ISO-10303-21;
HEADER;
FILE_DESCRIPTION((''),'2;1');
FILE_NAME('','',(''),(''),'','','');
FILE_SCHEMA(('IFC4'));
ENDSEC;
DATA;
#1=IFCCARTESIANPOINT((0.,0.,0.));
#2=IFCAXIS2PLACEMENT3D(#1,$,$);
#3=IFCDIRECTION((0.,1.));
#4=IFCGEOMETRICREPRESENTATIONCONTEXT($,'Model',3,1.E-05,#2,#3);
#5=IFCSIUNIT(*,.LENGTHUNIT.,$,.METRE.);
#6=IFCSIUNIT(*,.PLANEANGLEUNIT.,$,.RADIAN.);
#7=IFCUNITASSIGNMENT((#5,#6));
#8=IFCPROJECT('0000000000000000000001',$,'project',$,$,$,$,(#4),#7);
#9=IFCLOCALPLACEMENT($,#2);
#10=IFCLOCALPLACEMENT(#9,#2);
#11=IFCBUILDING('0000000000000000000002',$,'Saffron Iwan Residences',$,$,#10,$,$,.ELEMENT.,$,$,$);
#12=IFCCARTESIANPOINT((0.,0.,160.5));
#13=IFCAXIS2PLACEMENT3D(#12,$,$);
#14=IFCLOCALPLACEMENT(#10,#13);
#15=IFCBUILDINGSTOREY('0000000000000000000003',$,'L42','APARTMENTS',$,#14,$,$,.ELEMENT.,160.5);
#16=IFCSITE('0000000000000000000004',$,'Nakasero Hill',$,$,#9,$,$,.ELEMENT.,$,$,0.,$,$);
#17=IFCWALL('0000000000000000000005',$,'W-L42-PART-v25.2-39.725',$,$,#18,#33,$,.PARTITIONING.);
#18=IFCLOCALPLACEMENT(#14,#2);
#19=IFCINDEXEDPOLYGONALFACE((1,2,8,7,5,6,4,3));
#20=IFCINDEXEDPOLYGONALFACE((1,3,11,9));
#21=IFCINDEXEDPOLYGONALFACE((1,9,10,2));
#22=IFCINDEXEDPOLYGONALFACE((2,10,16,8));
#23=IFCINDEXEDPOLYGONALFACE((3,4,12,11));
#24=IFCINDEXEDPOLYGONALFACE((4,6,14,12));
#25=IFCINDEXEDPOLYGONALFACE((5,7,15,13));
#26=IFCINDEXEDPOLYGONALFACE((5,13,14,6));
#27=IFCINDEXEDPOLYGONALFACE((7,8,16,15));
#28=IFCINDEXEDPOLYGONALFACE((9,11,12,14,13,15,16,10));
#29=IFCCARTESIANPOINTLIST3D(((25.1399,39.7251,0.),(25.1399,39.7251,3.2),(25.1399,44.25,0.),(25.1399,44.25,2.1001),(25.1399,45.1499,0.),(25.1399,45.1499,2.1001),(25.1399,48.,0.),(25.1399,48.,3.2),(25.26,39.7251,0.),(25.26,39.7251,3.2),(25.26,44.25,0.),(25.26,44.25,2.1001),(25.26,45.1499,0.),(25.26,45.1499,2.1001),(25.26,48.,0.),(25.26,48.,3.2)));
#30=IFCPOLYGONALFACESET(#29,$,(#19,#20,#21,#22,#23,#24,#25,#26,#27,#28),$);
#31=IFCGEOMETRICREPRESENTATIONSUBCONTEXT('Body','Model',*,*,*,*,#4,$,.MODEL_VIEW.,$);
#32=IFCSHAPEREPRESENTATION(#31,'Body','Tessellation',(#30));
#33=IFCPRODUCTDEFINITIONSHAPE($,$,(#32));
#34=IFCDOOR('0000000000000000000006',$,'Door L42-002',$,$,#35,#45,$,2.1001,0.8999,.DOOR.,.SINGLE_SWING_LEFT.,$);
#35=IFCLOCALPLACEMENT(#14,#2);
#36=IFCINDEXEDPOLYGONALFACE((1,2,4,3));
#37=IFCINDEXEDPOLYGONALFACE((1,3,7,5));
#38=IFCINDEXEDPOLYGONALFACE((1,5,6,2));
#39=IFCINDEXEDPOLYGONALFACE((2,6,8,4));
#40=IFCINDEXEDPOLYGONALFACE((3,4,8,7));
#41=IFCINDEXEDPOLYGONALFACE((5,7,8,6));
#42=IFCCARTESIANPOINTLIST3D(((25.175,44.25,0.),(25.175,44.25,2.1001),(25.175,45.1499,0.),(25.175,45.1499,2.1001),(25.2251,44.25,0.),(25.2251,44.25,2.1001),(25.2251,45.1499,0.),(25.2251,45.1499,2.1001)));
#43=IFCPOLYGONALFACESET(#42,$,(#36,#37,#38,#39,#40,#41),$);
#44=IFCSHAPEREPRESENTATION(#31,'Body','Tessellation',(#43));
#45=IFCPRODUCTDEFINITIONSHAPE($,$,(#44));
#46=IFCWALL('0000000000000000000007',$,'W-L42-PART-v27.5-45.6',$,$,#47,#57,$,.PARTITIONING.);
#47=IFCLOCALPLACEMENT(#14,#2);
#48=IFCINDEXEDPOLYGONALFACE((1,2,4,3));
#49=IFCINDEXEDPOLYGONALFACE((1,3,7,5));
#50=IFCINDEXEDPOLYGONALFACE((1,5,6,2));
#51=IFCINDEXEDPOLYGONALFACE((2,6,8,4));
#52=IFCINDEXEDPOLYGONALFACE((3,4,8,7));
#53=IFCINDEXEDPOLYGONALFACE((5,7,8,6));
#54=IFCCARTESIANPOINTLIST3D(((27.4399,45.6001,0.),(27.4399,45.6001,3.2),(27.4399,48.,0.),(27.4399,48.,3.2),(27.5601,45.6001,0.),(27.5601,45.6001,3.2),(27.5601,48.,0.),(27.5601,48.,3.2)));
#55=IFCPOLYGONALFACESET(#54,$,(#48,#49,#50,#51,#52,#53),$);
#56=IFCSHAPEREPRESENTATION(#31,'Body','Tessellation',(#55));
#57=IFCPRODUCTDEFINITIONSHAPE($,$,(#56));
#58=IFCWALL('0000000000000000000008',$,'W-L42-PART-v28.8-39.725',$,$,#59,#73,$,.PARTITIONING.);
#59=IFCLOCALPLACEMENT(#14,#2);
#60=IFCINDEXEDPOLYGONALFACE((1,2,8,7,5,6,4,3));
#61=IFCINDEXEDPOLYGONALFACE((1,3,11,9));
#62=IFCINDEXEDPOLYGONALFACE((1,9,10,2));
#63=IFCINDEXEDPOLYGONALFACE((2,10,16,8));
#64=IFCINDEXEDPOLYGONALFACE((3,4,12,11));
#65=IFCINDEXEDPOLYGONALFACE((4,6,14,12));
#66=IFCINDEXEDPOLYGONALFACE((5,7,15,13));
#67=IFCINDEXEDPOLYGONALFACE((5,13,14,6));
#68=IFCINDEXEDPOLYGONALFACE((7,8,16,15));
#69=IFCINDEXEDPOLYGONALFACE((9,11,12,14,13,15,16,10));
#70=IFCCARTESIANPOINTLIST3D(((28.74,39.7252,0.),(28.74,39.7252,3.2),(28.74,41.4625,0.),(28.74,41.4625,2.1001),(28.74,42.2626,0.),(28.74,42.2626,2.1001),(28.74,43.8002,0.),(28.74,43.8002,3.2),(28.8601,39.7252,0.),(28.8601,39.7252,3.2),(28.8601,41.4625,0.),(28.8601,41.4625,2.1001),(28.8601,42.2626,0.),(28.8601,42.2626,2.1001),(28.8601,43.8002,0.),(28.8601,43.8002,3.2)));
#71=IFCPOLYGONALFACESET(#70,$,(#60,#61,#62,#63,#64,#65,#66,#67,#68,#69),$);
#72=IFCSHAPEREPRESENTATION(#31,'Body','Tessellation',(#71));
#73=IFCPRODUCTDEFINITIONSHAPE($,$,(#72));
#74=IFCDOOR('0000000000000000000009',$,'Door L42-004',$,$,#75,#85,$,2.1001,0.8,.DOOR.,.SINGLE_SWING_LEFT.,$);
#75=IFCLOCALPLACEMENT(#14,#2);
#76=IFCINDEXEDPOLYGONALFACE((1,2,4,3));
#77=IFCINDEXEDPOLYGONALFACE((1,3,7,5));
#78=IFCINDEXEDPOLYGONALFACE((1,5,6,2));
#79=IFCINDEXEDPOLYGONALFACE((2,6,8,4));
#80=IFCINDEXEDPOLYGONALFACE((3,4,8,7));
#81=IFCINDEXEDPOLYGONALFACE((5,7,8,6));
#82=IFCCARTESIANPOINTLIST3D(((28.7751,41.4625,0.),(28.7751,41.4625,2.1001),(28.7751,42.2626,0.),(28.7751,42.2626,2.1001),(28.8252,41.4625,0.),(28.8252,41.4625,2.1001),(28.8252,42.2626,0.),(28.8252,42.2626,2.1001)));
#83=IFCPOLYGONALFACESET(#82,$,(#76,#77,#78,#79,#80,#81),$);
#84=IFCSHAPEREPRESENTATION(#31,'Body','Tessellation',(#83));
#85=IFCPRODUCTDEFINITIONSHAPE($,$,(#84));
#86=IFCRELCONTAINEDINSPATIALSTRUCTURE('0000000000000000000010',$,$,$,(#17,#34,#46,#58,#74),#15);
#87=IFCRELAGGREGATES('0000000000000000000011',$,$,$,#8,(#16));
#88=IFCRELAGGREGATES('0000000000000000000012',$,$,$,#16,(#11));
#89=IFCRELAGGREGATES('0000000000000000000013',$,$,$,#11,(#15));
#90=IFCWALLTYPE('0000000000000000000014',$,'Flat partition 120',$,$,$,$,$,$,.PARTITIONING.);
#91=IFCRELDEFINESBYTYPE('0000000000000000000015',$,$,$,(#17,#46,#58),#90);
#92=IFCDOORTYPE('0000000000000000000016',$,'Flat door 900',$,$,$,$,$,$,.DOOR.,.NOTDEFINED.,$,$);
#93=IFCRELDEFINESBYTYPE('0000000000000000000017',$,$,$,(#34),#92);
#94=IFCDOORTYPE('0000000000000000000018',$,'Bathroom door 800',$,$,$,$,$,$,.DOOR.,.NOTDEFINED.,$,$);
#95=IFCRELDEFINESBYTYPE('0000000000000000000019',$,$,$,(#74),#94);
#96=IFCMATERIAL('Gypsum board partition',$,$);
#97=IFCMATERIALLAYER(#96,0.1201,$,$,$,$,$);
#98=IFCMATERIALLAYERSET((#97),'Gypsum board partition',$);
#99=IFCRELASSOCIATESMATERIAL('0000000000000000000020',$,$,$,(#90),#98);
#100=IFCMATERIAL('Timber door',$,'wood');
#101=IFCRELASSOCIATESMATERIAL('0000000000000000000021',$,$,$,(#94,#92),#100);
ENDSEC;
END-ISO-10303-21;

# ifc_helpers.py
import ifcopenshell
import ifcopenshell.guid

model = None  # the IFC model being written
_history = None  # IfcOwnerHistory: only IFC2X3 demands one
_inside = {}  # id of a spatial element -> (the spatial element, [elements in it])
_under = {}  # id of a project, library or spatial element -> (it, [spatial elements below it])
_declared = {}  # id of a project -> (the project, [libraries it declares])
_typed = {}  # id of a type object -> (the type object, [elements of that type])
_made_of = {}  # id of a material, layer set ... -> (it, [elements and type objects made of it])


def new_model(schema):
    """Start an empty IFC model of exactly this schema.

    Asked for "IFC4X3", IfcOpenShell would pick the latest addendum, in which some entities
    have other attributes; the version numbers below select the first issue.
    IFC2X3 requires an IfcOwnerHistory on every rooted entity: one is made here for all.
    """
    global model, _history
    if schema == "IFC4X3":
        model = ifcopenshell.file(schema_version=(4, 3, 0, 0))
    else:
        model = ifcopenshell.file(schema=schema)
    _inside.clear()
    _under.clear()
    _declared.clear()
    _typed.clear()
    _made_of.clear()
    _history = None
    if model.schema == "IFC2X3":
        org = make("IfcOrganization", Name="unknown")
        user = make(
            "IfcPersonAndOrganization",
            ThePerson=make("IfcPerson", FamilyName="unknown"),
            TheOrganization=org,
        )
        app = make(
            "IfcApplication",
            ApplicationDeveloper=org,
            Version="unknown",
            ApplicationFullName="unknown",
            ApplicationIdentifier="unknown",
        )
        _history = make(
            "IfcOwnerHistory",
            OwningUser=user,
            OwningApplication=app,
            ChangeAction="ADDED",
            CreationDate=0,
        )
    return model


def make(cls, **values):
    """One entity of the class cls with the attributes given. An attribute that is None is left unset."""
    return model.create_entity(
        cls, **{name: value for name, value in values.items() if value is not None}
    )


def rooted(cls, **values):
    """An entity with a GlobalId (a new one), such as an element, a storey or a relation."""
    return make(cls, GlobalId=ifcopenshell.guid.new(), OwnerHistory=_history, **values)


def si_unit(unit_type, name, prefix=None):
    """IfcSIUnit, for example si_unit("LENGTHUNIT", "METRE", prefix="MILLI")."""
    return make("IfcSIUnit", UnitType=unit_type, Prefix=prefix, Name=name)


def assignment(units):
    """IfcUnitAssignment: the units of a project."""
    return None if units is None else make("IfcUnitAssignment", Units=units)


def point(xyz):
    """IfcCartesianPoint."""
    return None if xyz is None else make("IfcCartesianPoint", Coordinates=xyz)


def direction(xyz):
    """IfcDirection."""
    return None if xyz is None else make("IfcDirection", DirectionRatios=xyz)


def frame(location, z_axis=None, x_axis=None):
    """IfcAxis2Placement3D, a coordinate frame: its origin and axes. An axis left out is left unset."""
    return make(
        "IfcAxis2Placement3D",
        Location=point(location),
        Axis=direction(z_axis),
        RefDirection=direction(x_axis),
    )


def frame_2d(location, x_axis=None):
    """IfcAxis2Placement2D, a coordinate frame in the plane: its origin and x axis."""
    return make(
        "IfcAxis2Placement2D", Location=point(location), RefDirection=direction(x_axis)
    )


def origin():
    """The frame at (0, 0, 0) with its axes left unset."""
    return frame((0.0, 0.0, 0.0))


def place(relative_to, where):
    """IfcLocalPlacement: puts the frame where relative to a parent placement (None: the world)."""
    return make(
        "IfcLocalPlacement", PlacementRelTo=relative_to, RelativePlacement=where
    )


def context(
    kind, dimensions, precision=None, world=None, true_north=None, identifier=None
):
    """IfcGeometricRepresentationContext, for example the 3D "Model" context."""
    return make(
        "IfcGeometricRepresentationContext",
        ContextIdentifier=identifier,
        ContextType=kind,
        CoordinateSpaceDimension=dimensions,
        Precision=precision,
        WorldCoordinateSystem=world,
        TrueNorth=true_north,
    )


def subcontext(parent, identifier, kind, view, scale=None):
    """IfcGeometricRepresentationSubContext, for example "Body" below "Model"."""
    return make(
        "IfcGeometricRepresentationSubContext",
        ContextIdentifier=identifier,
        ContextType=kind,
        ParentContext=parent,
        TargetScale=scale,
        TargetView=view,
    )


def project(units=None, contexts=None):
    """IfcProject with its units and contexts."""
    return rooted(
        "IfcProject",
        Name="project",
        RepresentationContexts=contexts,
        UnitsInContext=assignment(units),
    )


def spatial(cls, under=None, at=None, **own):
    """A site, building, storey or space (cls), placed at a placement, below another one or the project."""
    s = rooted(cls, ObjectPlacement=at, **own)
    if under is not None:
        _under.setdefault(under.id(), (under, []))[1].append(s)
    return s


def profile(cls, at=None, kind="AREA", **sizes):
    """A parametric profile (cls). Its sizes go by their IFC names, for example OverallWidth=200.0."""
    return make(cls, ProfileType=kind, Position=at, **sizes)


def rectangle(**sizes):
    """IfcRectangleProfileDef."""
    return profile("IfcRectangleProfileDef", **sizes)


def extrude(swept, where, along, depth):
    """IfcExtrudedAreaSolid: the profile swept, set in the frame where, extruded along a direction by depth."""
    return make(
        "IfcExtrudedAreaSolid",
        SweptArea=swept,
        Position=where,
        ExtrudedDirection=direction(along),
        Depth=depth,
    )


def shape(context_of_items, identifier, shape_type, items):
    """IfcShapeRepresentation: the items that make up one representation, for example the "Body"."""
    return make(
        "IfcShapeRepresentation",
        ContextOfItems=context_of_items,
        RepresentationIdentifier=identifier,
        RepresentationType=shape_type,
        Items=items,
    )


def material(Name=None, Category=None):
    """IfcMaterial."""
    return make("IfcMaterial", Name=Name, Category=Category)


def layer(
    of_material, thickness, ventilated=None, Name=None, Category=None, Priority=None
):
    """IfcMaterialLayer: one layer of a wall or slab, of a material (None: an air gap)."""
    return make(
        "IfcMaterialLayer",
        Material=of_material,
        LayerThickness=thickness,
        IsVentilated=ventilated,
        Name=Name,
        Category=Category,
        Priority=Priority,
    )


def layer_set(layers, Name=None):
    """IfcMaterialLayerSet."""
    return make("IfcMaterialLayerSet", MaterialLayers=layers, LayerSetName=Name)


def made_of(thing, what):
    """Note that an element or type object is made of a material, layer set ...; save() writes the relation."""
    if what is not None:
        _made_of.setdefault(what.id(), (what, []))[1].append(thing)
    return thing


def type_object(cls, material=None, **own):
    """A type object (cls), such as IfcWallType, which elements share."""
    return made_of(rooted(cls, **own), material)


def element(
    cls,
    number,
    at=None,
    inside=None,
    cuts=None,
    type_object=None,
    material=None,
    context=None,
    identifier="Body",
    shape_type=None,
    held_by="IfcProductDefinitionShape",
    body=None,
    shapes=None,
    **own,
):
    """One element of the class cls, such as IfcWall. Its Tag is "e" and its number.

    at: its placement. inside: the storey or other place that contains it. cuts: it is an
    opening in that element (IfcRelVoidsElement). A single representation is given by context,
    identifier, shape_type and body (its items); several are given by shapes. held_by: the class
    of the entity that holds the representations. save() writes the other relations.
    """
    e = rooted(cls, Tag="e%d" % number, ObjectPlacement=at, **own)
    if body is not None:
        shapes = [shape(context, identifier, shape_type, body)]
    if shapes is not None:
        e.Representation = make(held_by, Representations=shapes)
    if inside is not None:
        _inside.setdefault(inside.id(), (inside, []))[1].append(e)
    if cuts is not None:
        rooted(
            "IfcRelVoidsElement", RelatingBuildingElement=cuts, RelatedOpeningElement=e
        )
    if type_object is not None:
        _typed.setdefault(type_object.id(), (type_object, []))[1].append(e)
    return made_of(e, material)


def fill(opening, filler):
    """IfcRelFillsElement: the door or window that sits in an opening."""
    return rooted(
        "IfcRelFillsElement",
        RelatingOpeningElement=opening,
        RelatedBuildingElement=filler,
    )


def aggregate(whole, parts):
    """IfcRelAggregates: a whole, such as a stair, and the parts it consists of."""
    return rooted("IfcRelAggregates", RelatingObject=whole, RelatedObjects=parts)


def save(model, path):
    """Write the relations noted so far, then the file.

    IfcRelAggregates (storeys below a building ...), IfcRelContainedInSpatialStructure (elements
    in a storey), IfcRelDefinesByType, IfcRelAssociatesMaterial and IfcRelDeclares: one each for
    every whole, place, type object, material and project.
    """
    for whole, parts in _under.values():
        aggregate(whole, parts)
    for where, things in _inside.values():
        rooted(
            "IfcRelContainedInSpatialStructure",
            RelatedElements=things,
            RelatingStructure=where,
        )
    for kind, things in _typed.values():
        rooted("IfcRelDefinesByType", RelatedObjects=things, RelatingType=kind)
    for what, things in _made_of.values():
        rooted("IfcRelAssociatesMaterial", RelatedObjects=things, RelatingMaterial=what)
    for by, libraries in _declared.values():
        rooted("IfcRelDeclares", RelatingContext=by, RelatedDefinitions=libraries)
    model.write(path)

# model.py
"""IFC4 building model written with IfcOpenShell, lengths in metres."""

from ifc_helpers import new_model, si_unit, direction, frame, frame_2d, origin, place, context, subcontext, project, spatial, rectangle, extrude, material, layer, layer_set, type_object, element, fill, save


model = new_model("IFC4")

# Units and contexts
model_context = context("Model", 3, precision=1e-05, world=origin(), true_north=direction((0.0, 1.0)))
body_context = subcontext(model_context, "Body", "Model", "MODEL_VIEW")
ifc_project = project(units=[si_unit("LENGTHUNIT", "METRE"), si_unit("PLANEANGLEUNIT", "RADIAN")], contexts=[model_context])

# Site, building, storey
site_placement = place(None, origin())
site = spatial("IfcSite", under=ifc_project, at=site_placement, Name="Nakasero Hill", CompositionType="ELEMENT", RefElevation=0.0)
building_placement = place(site_placement, origin())
building = spatial("IfcBuilding", under=site, at=building_placement, Name="Saffron Iwan Residences", CompositionType="ELEMENT")
storey_placement = place(building_placement, frame((0.0, 0.0, 160.5)))
storey = spatial("IfcBuildingStorey", under=building, at=storey_placement, Name="L42", Description="APARTMENTS", CompositionType="ELEMENT", Elevation=160.5)

# Shared definitions
ifc_material_1 = material(Name="Gypsum board partition")
ifc_layer_1 = layer(ifc_material_1, 0.1201)
ifc_layer_set_1 = layer_set([ifc_layer_1], Name="Gypsum board partition")
wall_type_1 = type_object("IfcWallType", Name="Flat partition 120", PredefinedType="PARTITIONING", material=ifc_layer_set_1)

# Shared definitions
ifc_material_2 = material(Name="Timber door", Category="wood")
door_type_1 = type_object("IfcDoorType", Name="Bathroom door 800", OperationType="NOTDEFINED", PredefinedType="DOOR", material=ifc_material_2)
door_type_2 = type_object("IfcDoorType", Name="Flat door 900", OperationType="NOTDEFINED", PredefinedType="DOOR", material=ifc_material_2)

# Wall, opening, door
wall_1_placement = place(storey_placement, frame((25.2, 39.7251, 0.0), z_axis=(0.0, 0.0, 1.0), x_axis=(0.0, 1.0, 0.0)))
wall_1 = element("IfcWall", 1, at=wall_1_placement, inside=storey, type_object=wall_type_1, Name="W-L42-PART-v25.2-39.725", PredefinedType="PARTITIONING", context=body_context, shape_type="SweptSolid", body=[
    extrude(rectangle(XDim=8.2749, YDim=0.1201, at=frame_2d((4.1375, 0.0))), origin(), (0.0, 0.0, 1.0), 3.2),
])
opening_1_placement = place(wall_1_placement, frame((4.5249, 0.0, 0.0)))
opening_1 = element("IfcOpeningElement", 2, at=opening_1_placement, cuts=wall_1, PredefinedType="OPENING", context=body_context, shape_type="SweptSolid", body=[
    extrude(rectangle(XDim=0.8999, YDim=2.1001, at=frame_2d((0.45, 1.05))), frame((0.0, 0.0701, 0.0), z_axis=(0.0, -1.0, 0.0), x_axis=(1.0, 0.0, 0.0)), (0.0, 0.0, 1.0), 0.1401),
])
door_1_placement = place(opening_1_placement, origin())
door_1 = element("IfcDoor", 3, at=door_1_placement, inside=storey, type_object=door_type_2, Name="Door L42-002", OperationType="SINGLE_SWING_LEFT", OverallHeight=2.1001, OverallWidth=0.8999, PredefinedType="DOOR", context=body_context, shape_type="SweptSolid", body=[
    extrude(rectangle(XDim=0.8999, YDim=2.1001, at=frame_2d((0.45, 1.05))), frame((0.0, 0.0249, 0.0), z_axis=(0.0, -1.0, 0.0), x_axis=(1.0, 0.0, 0.0)), (0.0, 0.0, 1.0), 0.05),
])
fill(opening_1, door_1)

# Wall
wall_2_placement = place(storey_placement, frame((27.5, 45.6001, 0.0), z_axis=(0.0, 0.0, 1.0), x_axis=(0.0, 1.0, 0.0)))
element("IfcWall", 4, at=wall_2_placement, inside=storey, type_object=wall_type_1, Name="W-L42-PART-v27.5-45.6", PredefinedType="PARTITIONING", context=body_context, shape_type="SweptSolid", body=[
    extrude(rectangle(XDim=2.3999, YDim=0.1201, at=frame_2d((1.2, 0.0))), origin(), (0.0, 0.0, 1.0), 3.2),
])

# Wall, opening, door
wall_3_placement = place(storey_placement, frame((28.8, 39.7251, 0.0), z_axis=(0.0, 0.0, 1.0), x_axis=(0.0, 1.0, 0.0)))
wall_3 = element("IfcWall", 5, at=wall_3_placement, inside=storey, type_object=wall_type_1, Name="W-L42-PART-v28.8-39.725", PredefinedType="PARTITIONING", context=body_context, shape_type="SweptSolid", body=[
    extrude(rectangle(XDim=4.075, YDim=0.1201, at=frame_2d((2.0376, 0.0))), origin(), (0.0, 0.0, 1.0), 3.2),
])
opening_2_placement = place(wall_3_placement, frame((1.7375, 0.0, 0.0)))
opening_2 = element("IfcOpeningElement", 6, at=opening_2_placement, cuts=wall_3, PredefinedType="OPENING", context=body_context, shape_type="SweptSolid", body=[
    extrude(rectangle(XDim=0.8, YDim=2.1001, at=frame_2d((0.3999, 1.05))), frame((0.0, 0.0701, 0.0), z_axis=(0.0, -1.0, 0.0), x_axis=(1.0, 0.0, 0.0)), (0.0, 0.0, 1.0), 0.1401),
])
door_2_placement = place(opening_2_placement, origin())
door_2 = element("IfcDoor", 7, at=door_2_placement, inside=storey, type_object=door_type_1, Name="Door L42-004", OperationType="SINGLE_SWING_LEFT", OverallHeight=2.1001, OverallWidth=0.8, PredefinedType="DOOR", context=body_context, shape_type="SweptSolid", body=[
    extrude(rectangle(XDim=0.8, YDim=2.1001, at=frame_2d((0.3999, 1.05))), frame((0.0, 0.0249, 0.0), z_axis=(0.0, -1.0, 0.0), x_axis=(1.0, 0.0, 0.0)), (0.0, 0.0, 1.0), 0.05),
])
fill(opening_2, door_2)

save(model, "model.ifc")
